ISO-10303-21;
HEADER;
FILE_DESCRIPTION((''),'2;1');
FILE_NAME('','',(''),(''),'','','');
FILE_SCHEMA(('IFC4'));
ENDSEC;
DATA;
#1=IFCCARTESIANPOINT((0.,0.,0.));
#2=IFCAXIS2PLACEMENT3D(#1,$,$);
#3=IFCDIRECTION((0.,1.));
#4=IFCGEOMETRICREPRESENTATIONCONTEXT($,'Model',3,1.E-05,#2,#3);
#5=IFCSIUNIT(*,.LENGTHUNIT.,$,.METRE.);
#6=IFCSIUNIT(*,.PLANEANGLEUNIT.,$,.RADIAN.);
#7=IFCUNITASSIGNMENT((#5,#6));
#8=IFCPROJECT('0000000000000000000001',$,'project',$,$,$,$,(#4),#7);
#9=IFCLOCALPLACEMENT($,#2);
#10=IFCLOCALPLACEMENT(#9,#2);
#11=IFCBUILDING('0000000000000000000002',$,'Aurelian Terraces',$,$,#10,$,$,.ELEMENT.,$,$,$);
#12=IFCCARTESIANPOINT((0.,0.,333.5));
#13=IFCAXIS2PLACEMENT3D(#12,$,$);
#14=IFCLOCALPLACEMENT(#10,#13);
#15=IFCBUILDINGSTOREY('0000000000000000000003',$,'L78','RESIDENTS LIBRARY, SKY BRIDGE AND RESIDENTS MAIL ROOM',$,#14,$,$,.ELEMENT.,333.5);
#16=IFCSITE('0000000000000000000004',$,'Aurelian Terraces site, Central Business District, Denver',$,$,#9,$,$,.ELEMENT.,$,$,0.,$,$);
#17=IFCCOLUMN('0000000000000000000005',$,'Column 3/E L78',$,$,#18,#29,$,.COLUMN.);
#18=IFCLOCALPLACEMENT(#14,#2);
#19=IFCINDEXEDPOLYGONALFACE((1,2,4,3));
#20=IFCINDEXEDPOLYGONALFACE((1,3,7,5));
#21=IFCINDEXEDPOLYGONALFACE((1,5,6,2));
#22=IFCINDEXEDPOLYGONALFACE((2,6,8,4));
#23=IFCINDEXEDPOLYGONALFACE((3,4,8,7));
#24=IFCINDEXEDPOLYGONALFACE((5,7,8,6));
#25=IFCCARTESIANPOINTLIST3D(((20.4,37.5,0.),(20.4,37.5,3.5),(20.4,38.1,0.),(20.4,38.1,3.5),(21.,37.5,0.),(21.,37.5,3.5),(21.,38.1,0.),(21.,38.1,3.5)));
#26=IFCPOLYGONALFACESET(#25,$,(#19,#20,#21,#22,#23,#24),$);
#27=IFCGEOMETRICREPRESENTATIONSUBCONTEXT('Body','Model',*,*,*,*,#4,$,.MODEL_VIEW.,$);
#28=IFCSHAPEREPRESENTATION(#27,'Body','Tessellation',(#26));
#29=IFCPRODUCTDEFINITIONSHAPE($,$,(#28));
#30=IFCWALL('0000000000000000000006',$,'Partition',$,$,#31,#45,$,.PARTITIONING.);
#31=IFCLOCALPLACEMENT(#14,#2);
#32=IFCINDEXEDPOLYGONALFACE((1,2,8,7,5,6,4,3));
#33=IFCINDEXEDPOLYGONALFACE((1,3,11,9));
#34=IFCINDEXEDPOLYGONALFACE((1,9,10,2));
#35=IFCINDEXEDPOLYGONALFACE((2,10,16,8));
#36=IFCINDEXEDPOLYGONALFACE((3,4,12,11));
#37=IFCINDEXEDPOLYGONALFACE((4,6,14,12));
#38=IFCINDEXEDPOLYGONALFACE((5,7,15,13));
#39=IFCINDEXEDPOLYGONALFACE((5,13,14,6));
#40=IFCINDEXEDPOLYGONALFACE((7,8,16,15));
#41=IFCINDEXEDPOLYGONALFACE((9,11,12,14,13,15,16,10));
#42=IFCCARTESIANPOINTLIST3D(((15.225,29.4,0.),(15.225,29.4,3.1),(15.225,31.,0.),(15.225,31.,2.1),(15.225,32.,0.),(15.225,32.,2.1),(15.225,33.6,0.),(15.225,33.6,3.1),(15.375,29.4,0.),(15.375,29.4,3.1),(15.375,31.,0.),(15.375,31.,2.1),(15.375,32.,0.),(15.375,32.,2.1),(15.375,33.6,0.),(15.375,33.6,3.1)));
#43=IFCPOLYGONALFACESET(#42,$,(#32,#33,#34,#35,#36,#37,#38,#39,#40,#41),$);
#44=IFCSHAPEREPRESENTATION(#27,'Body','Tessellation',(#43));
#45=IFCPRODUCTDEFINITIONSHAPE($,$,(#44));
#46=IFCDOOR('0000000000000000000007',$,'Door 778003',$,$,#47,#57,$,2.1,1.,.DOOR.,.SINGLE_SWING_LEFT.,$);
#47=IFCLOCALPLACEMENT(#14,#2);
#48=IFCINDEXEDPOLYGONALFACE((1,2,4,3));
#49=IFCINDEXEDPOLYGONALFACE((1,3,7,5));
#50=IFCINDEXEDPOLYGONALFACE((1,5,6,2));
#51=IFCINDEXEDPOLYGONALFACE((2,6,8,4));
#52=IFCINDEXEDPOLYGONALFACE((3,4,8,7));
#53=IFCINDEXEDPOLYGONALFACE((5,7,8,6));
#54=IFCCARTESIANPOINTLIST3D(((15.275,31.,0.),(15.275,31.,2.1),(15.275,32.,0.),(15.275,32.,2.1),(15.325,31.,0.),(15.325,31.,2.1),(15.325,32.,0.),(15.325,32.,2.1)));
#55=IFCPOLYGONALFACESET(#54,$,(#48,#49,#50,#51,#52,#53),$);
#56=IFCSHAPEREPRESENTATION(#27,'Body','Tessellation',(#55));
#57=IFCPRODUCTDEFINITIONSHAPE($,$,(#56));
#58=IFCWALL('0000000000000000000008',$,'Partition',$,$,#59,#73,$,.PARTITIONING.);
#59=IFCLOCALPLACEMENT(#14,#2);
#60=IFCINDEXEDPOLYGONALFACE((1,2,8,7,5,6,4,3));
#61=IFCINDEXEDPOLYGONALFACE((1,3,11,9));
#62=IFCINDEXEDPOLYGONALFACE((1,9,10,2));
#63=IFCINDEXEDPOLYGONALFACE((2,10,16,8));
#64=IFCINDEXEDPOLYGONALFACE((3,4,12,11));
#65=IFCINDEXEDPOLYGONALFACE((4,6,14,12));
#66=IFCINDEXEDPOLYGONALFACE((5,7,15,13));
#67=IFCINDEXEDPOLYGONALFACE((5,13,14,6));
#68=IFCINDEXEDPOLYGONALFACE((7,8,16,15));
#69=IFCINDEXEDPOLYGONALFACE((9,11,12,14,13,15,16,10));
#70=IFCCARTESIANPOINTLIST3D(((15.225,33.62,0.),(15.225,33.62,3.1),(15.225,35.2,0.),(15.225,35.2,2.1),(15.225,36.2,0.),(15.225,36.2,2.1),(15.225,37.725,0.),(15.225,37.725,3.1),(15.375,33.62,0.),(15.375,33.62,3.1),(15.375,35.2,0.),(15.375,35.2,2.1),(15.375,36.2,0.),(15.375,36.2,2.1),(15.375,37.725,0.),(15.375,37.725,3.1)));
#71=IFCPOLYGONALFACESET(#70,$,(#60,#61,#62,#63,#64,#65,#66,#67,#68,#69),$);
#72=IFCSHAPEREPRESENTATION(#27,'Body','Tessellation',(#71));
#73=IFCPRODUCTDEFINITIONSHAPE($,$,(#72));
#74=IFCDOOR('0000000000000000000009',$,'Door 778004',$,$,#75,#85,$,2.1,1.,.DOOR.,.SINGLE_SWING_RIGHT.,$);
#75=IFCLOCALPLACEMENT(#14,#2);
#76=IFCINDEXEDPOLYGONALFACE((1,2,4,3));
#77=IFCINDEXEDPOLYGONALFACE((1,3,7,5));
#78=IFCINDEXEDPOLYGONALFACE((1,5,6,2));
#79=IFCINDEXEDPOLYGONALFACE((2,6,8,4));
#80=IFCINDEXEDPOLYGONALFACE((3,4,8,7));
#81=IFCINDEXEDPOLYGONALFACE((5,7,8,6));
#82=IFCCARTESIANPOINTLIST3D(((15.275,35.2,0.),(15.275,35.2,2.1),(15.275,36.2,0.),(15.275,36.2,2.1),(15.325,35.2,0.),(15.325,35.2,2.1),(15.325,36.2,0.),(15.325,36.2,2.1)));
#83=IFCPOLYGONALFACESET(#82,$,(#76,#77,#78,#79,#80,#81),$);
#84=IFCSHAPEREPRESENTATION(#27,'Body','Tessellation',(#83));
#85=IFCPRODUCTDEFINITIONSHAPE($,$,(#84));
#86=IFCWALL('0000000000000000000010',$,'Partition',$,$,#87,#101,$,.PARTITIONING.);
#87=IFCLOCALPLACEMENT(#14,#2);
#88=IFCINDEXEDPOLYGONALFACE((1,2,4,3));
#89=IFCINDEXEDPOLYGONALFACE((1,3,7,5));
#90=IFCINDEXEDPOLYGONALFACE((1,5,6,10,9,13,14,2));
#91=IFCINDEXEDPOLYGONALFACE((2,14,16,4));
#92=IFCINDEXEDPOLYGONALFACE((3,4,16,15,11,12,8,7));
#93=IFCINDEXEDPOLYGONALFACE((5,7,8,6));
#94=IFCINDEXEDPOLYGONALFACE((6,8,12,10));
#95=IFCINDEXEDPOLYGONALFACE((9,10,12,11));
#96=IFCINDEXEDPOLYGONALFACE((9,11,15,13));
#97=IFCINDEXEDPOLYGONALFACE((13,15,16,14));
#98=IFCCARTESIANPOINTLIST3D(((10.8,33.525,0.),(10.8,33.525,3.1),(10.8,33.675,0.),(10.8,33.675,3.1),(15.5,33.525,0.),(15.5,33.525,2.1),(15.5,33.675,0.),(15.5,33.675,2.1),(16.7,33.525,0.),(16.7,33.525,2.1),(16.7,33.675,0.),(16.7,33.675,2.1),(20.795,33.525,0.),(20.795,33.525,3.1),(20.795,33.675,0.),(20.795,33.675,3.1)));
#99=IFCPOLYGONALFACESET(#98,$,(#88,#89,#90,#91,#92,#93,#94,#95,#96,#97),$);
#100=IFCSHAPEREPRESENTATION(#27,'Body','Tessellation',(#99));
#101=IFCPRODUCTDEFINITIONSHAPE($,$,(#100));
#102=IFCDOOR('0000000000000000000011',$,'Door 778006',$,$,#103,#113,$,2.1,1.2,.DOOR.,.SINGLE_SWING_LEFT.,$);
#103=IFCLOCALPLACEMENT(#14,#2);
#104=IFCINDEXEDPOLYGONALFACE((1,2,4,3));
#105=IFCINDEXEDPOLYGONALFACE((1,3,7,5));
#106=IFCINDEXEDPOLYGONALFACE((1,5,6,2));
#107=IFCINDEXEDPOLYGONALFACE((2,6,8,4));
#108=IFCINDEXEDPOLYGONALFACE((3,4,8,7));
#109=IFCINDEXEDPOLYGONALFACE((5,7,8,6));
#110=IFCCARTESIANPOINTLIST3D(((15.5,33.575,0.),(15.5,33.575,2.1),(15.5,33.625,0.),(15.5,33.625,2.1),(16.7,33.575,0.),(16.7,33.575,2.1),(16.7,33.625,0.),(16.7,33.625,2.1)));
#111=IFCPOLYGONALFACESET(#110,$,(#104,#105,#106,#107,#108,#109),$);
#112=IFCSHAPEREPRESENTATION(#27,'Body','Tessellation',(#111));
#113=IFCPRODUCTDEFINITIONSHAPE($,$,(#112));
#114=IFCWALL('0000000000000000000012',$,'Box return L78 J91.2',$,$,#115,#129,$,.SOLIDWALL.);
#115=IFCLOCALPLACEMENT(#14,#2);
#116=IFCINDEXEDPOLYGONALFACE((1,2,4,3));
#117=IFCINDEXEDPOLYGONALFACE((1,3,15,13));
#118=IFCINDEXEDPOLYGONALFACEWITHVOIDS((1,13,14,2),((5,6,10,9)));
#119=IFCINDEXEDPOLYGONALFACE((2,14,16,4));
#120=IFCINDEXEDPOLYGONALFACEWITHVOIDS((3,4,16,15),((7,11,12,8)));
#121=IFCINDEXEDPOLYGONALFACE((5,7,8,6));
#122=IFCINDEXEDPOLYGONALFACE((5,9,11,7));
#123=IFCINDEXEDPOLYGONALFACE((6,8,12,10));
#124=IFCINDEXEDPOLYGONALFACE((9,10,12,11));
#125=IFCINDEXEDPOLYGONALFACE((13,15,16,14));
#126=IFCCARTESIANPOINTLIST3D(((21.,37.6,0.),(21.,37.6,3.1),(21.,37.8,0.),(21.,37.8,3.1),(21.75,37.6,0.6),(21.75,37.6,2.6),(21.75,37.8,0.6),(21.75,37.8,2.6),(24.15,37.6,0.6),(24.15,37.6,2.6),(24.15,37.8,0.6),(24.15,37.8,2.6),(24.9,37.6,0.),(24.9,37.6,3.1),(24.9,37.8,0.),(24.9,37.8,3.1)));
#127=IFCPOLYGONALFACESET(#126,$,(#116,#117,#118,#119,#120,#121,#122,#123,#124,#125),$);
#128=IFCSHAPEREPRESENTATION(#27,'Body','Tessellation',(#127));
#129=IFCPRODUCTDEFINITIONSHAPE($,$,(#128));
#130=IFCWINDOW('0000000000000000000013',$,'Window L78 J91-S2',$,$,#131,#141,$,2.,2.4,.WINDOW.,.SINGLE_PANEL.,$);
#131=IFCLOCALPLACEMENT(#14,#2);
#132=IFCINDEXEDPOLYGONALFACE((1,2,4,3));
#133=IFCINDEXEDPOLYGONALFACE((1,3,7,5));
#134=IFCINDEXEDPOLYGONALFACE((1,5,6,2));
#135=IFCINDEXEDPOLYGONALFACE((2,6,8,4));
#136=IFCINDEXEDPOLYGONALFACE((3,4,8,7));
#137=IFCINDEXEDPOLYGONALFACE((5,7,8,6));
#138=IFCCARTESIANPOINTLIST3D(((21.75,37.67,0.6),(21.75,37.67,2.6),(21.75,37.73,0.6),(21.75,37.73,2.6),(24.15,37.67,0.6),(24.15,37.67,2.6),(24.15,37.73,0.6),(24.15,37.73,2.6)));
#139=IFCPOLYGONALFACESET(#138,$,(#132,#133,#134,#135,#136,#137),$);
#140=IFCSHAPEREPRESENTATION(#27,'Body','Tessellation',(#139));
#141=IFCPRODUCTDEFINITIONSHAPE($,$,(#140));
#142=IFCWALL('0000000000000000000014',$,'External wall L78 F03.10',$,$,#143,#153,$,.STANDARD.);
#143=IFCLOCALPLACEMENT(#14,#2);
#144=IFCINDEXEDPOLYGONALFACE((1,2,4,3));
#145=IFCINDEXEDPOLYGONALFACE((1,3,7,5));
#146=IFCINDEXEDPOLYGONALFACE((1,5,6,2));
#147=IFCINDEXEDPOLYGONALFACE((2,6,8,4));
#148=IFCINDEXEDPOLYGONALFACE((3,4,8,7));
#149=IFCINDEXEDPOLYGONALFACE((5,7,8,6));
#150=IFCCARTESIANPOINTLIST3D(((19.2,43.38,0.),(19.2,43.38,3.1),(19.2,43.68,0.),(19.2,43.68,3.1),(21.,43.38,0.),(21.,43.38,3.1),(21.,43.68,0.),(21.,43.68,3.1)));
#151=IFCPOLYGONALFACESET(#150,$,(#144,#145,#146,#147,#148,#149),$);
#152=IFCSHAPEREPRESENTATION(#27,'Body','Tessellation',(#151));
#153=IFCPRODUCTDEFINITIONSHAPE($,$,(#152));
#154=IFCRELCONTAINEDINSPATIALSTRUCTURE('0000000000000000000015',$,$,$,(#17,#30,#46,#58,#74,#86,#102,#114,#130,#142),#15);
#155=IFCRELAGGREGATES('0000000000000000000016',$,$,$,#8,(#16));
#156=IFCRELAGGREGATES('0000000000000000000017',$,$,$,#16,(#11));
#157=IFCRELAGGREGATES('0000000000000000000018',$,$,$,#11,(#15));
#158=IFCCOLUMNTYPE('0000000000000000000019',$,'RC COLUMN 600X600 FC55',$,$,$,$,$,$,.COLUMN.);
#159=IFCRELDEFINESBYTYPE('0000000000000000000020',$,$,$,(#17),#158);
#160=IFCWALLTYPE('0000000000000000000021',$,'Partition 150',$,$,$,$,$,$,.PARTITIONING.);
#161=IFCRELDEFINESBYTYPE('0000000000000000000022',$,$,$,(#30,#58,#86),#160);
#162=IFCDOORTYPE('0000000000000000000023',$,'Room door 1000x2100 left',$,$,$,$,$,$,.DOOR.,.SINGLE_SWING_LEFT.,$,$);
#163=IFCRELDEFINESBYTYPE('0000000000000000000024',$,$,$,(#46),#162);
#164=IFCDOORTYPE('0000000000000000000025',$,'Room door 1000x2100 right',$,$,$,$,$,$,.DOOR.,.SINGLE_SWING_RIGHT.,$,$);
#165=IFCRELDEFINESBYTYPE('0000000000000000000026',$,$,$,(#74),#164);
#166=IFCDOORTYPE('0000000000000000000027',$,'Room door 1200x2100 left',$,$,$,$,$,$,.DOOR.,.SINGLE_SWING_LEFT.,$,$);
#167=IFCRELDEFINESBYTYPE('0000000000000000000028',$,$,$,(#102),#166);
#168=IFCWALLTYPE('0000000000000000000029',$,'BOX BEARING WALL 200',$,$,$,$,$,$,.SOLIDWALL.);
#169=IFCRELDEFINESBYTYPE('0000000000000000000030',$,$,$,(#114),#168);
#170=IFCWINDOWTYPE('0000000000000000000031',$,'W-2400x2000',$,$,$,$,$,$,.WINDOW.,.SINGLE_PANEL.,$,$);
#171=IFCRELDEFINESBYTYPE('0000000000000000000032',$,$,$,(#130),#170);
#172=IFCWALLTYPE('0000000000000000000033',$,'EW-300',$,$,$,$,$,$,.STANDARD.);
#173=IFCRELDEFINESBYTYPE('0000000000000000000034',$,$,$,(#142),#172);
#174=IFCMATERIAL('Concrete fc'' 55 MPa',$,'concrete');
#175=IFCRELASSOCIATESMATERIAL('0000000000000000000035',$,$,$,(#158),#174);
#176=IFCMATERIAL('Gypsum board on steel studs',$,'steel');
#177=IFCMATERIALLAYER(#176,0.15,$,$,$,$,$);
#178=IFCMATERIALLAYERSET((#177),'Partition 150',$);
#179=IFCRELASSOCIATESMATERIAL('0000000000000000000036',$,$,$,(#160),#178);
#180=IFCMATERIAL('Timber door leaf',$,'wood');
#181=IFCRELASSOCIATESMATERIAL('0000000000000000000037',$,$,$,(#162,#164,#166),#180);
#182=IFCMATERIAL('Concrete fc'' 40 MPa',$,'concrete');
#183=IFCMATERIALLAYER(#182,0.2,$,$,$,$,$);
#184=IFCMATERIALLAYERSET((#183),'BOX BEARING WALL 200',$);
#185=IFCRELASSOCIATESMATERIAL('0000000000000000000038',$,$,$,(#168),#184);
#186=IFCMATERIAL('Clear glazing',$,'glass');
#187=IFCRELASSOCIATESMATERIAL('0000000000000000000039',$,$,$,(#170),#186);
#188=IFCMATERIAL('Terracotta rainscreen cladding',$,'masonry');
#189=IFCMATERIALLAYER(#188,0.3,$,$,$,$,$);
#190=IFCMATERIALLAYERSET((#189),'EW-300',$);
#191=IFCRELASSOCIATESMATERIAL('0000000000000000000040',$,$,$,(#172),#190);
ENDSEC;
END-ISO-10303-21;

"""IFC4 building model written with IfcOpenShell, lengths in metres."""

from ifc_helpers import new_model, si_unit, direction, frame, frame_2d, origin, origin_2d, place, context, subcontext, project, spatial, rectangle, extrude, source, transform, mapped, material, layer, layer_set, material_profile, profile_set, type_object, element, fill, save


model = new_model("IFC4")

# Units and contexts
model_context = context("Model", 3, precision=1e-05, world=origin(), true_north=direction((0.0, 1.0)))
body_context = subcontext(model_context, "Body", "Model", "MODEL_VIEW")
ifc_project = project(units=[si_unit("LENGTHUNIT", "METRE"), si_unit("PLANEANGLEUNIT", "RADIAN")], contexts=[model_context])

# Site, building, storey
site_placement = place(None, origin())
site = spatial("IfcSite", under=ifc_project, at=site_placement, Name="Aurelian Terraces site, Central Business District, Denver", CompositionType="ELEMENT", RefElevation=0.0)
building_placement = place(site_placement, origin())
building = spatial("IfcBuilding", under=site, at=building_placement, Name="Aurelian Terraces", CompositionType="ELEMENT")
storey_placement = place(building_placement, frame((0.0, 0.0, 333.5)))
storey = spatial("IfcBuildingStorey", under=building, at=storey_placement, Name="L78", Description="RESIDENTS LIBRARY, SKY BRIDGE AND RESIDENTS MAIL ROOM", CompositionType="ELEMENT", Elevation=333.5)

# Column
ifc_material_1 = material(Name="Concrete fc' 55 MPa", Category="concrete")
ifc_material_profile = material_profile(ifc_material_1, rectangle(XDim=0.6, YDim=0.6, at=origin_2d()))
ifc_profile_set = profile_set([ifc_material_profile], Name="Concrete fc' 55 MPa")
column_type = type_object("IfcColumnType", Name="RC COLUMN 600X600 FC55", PredefinedType="COLUMN", material=ifc_profile_set)
shared_shape_1 = source(origin(), body_context, "Body", "SweptSolid", [
    extrude(rectangle(XDim=0.6, YDim=0.6, at=origin_2d()), origin(), (0.0, 0.0, 1.0), 3.5),
])
column_placement = place(storey_placement, frame((20.7, 37.8, 0.0), z_axis=(0.0, 0.0, 1.0), x_axis=(1.0, 0.0, 0.0)))
element("IfcColumn", 1, at=column_placement, inside=storey, type_object=column_type, Name="Column 3/E L78", PredefinedType="COLUMN", context=body_context, shape_type="MappedRepresentation", body=[
    mapped(shared_shape_1, transform((0.0, 0.0, 0.0), scale=1.0)),
])

# Walls, openings, doors
ifc_material_2 = material(Name="Gypsum board on steel studs", Category="steel")
ifc_layer_1 = layer(ifc_material_2, 0.15)
ifc_layer_set_1 = layer_set([ifc_layer_1], Name="Partition 150")
wall_type_1 = type_object("IfcWallType", Name="Partition 150", PredefinedType="PARTITIONING", material=ifc_layer_set_1)
wall_1_placement = place(storey_placement, frame((15.3, 33.6, 0.0), z_axis=(0.0, 0.0, 1.0), x_axis=(0.0, -1.0, 0.0)))
wall_1 = element("IfcWall", 2, at=wall_1_placement, inside=storey, type_object=wall_type_1, Name="Partition", PredefinedType="PARTITIONING", context=body_context, shape_type="SweptSolid", body=[
    extrude(rectangle(XDim=4.2, YDim=0.15, at=frame_2d((2.1, 0.0))), origin(), (0.0, 0.0, 1.0), 3.1),
])
shared_shape_2 = source(origin(), body_context, "Body", "SweptSolid", [
    extrude(rectangle(XDim=1.0, YDim=2.1, at=frame_2d((0.5, 1.05))), frame((0.0, 0.085, 0.0), z_axis=(0.0, -1.0, 0.0), x_axis=(1.0, 0.0, 0.0)), (0.0, 0.0, 1.0), 0.17),
])
opening_1_placement = place(wall_1_placement, frame((1.6, 0.0, 0.0)))
opening_1 = element("IfcOpeningElement", 3, at=opening_1_placement, cuts=wall_1, PredefinedType="OPENING", context=body_context, shape_type="MappedRepresentation", body=[
    mapped(shared_shape_2, transform((0.0, 0.0, 0.0), scale=1.0)),
])
ifc_material_3 = material(Name="Timber door leaf", Category="wood")
door_type_1 = type_object("IfcDoorType", Name="Room door 1000x2100 left", OperationType="SINGLE_SWING_LEFT", PredefinedType="DOOR", material=ifc_material_3)
shared_shape_3 = source(origin(), body_context, "Body", "SweptSolid", [
    extrude(rectangle(XDim=1.0, YDim=2.1, at=frame_2d((0.5, 1.05))), frame((0.0, 0.025, 0.0), z_axis=(0.0, -1.0, 0.0), x_axis=(1.0, 0.0, 0.0)), (0.0, 0.0, 1.0), 0.05),
])
door_1_placement = place(opening_1_placement, origin())
door_1 = element("IfcDoor", 4, at=door_1_placement, inside=storey, type_object=door_type_1, Name="Door 778003", OperationType="SINGLE_SWING_LEFT", OverallHeight=2.1, OverallWidth=1.0, PredefinedType="DOOR", context=body_context, shape_type="MappedRepresentation", body=[
    mapped(shared_shape_3, transform((0.0, 0.0, 0.0), scale=1.0)),
])
fill(opening_1, door_1)
wall_2_placement = place(storey_placement, frame((15.3, 37.725, 0.0), z_axis=(0.0, 0.0, 1.0), x_axis=(0.0, -1.0, 0.0)))
wall_2 = element("IfcWall", 5, at=wall_2_placement, inside=storey, type_object=wall_type_1, Name="Partition", PredefinedType="PARTITIONING", context=body_context, shape_type="SweptSolid", body=[
    extrude(rectangle(XDim=4.105, YDim=0.15, at=frame_2d((2.0525, 0.0))), origin(), (0.0, 0.0, 1.0), 3.1),
])
opening_2_placement = place(wall_2_placement, frame((1.525, 0.0, 0.0)))
opening_2 = element("IfcOpeningElement", 6, at=opening_2_placement, cuts=wall_2, PredefinedType="OPENING", context=body_context, shape_type="MappedRepresentation", body=[
    mapped(shared_shape_2, transform((0.0, 0.0, 0.0), scale=1.0)),
])
door_type_2 = type_object("IfcDoorType", Name="Room door 1000x2100 right", OperationType="SINGLE_SWING_RIGHT", PredefinedType="DOOR", material=ifc_material_3)
door_2_placement = place(opening_2_placement, origin())
door_2 = element("IfcDoor", 7, at=door_2_placement, inside=storey, type_object=door_type_2, Name="Door 778004", OperationType="SINGLE_SWING_RIGHT", OverallHeight=2.1, OverallWidth=1.0, PredefinedType="DOOR", context=body_context, shape_type="MappedRepresentation", body=[
    mapped(shared_shape_3, transform((0.0, 0.0, 0.0), scale=1.0)),
])
fill(opening_2, door_2)
wall_3_placement = place(storey_placement, frame((10.8, 33.6, 0.0), z_axis=(0.0, 0.0, 1.0), x_axis=(1.0, 0.0, 0.0)))
wall_3 = element("IfcWall", 8, at=wall_3_placement, inside=storey, type_object=wall_type_1, Name="Partition", PredefinedType="PARTITIONING", context=body_context, shape_type="SweptSolid", body=[
    extrude(rectangle(XDim=9.995, YDim=0.15, at=frame_2d((4.9975, 0.0))), origin(), (0.0, 0.0, 1.0), 3.1),
])
shared_shape_4 = source(origin(), body_context, "Body", "SweptSolid", [
    extrude(rectangle(XDim=1.2, YDim=2.1, at=frame_2d((0.6, 1.05))), frame((0.0, 0.085, 0.0), z_axis=(0.0, -1.0, 0.0), x_axis=(1.0, 0.0, 0.0)), (0.0, 0.0, 1.0), 0.17),
])
opening_3_placement = place(wall_3_placement, frame((4.7, 0.0, 0.0)))
opening_3 = element("IfcOpeningElement", 9, at=opening_3_placement, cuts=wall_3, PredefinedType="OPENING", context=body_context, shape_type="MappedRepresentation", body=[
    mapped(shared_shape_4, transform((0.0, 0.0, 0.0), scale=1.0)),
])
door_type_3 = type_object("IfcDoorType", Name="Room door 1200x2100 left", OperationType="SINGLE_SWING_LEFT", PredefinedType="DOOR", material=ifc_material_3)
shared_shape_5 = source(origin(), body_context, "Body", "SweptSolid", [
    extrude(rectangle(XDim=1.2, YDim=2.1, at=frame_2d((0.6, 1.05))), frame((0.0, 0.025, 0.0), z_axis=(0.0, -1.0, 0.0), x_axis=(1.0, 0.0, 0.0)), (0.0, 0.0, 1.0), 0.05),
])
door_3_placement = place(opening_3_placement, origin())
door_3 = element("IfcDoor", 10, at=door_3_placement, inside=storey, type_object=door_type_3, Name="Door 778006", OperationType="SINGLE_SWING_LEFT", OverallHeight=2.1, OverallWidth=1.2, PredefinedType="DOOR", context=body_context, shape_type="MappedRepresentation", body=[
    mapped(shared_shape_5, transform((0.0, 0.0, 0.0), scale=1.0)),
])
fill(opening_3, door_3)

# Wall, opening, window
ifc_material_4 = material(Name="Concrete fc' 40 MPa", Category="concrete")
ifc_layer_2 = layer(ifc_material_4, 0.2)
ifc_layer_set_2 = layer_set([ifc_layer_2], Name="BOX BEARING WALL 200")
wall_type_2 = type_object("IfcWallType", Name="BOX BEARING WALL 200", PredefinedType="SOLIDWALL", material=ifc_layer_set_2)
shared_shape_6 = source(origin(), body_context, "Body", "SweptSolid", [
    extrude(rectangle(XDim=3.9, YDim=0.2, at=frame_2d((1.95, 0.0))), origin(), (0.0, 0.0, 1.0), 3.1),
])
wall_4_placement = place(storey_placement, frame((21.0, 37.7, 0.0), z_axis=(0.0, 0.0, 1.0), x_axis=(1.0, 0.0, 0.0)))
wall_4 = element("IfcWall", 11, at=wall_4_placement, inside=storey, type_object=wall_type_2, Name="Box return L78 J91.2", PredefinedType="SOLIDWALL", context=body_context, shape_type="MappedRepresentation", body=[
    mapped(shared_shape_6, transform((0.0, 0.0, 0.0), scale=1.0)),
])
shared_shape_7 = source(origin(), body_context, "Body", "SweptSolid", [
    extrude(rectangle(XDim=2.4, YDim=2.0, at=frame_2d((1.2, 1.0))), frame((0.0, 0.11, 0.0), z_axis=(0.0, -1.0, 0.0), x_axis=(1.0, 0.0, 0.0)), (0.0, 0.0, 1.0), 0.22),
])
opening_4_placement = place(wall_4_placement, frame((0.75, 0.0, 0.6)))
opening_4 = element("IfcOpeningElement", 12, at=opening_4_placement, cuts=wall_4, PredefinedType="OPENING", context=body_context, shape_type="MappedRepresentation", body=[
    mapped(shared_shape_7, transform((0.0, 0.0, 0.0), scale=1.0)),
])
ifc_material_5 = material(Name="Clear glazing", Category="glass")
window_type_1 = type_object("IfcWindowType", Name="W-2400x2000", PartitioningType="SINGLE_PANEL", PredefinedType="WINDOW", material=ifc_material_5)
shared_shape_8 = source(origin(), body_context, "Body", "SweptSolid", [
    extrude(rectangle(XDim=2.4, YDim=2.0, at=frame_2d((1.2, 1.0))), frame((0.0, 0.03, 0.0), z_axis=(0.0, -1.0, 0.0), x_axis=(1.0, 0.0, 0.0)), (0.0, 0.0, 1.0), 0.06),
])
window_1_placement = place(opening_4_placement, origin())
window_1 = element("IfcWindow", 13, at=window_1_placement, inside=storey, type_object=window_type_1, Name="Window L78 J91-S2", OverallHeight=2.0, OverallWidth=2.4, PartitioningType="SINGLE_PANEL", PredefinedType="WINDOW", context=body_context, shape_type="MappedRepresentation", body=[
    mapped(shared_shape_8, transform((0.0, 0.0, 0.0), scale=1.0)),
])
fill(opening_4, window_1)

# Wall
ifc_material_6 = material(Name="Terracotta rainscreen cladding", Category="masonry")
ifc_layer_3 = layer(ifc_material_6, 0.3)
ifc_layer_set_3 = layer_set([ifc_layer_3], Name="EW-300")
wall_type_3 = type_object("IfcWallType", Name="EW-300", PredefinedType="STANDARD", material=ifc_layer_set_3)
shared_shape_9 = source(origin(), body_context, "Body", "SweptSolid", [
    extrude(rectangle(XDim=1.8, YDim=0.3, at=frame_2d((0.9, 0.0))), origin(), (0.0, 0.0, 1.0), 3.1),
])
wall_5_placement = place(storey_placement, frame((21.0, 43.53, 0.0), z_axis=(0.0, 0.0, 1.0), x_axis=(-1.0, 0.0, 0.0)))
element("IfcWall", 14, at=wall_5_placement, inside=storey, type_object=wall_type_3, Name="External wall L78 F03.10", PredefinedType="STANDARD", context=body_context, shape_type="MappedRepresentation", body=[
    mapped(shared_shape_9, transform((0.0, 0.0, 0.0), scale=1.0)),
])

save(model, "model.ifc")
